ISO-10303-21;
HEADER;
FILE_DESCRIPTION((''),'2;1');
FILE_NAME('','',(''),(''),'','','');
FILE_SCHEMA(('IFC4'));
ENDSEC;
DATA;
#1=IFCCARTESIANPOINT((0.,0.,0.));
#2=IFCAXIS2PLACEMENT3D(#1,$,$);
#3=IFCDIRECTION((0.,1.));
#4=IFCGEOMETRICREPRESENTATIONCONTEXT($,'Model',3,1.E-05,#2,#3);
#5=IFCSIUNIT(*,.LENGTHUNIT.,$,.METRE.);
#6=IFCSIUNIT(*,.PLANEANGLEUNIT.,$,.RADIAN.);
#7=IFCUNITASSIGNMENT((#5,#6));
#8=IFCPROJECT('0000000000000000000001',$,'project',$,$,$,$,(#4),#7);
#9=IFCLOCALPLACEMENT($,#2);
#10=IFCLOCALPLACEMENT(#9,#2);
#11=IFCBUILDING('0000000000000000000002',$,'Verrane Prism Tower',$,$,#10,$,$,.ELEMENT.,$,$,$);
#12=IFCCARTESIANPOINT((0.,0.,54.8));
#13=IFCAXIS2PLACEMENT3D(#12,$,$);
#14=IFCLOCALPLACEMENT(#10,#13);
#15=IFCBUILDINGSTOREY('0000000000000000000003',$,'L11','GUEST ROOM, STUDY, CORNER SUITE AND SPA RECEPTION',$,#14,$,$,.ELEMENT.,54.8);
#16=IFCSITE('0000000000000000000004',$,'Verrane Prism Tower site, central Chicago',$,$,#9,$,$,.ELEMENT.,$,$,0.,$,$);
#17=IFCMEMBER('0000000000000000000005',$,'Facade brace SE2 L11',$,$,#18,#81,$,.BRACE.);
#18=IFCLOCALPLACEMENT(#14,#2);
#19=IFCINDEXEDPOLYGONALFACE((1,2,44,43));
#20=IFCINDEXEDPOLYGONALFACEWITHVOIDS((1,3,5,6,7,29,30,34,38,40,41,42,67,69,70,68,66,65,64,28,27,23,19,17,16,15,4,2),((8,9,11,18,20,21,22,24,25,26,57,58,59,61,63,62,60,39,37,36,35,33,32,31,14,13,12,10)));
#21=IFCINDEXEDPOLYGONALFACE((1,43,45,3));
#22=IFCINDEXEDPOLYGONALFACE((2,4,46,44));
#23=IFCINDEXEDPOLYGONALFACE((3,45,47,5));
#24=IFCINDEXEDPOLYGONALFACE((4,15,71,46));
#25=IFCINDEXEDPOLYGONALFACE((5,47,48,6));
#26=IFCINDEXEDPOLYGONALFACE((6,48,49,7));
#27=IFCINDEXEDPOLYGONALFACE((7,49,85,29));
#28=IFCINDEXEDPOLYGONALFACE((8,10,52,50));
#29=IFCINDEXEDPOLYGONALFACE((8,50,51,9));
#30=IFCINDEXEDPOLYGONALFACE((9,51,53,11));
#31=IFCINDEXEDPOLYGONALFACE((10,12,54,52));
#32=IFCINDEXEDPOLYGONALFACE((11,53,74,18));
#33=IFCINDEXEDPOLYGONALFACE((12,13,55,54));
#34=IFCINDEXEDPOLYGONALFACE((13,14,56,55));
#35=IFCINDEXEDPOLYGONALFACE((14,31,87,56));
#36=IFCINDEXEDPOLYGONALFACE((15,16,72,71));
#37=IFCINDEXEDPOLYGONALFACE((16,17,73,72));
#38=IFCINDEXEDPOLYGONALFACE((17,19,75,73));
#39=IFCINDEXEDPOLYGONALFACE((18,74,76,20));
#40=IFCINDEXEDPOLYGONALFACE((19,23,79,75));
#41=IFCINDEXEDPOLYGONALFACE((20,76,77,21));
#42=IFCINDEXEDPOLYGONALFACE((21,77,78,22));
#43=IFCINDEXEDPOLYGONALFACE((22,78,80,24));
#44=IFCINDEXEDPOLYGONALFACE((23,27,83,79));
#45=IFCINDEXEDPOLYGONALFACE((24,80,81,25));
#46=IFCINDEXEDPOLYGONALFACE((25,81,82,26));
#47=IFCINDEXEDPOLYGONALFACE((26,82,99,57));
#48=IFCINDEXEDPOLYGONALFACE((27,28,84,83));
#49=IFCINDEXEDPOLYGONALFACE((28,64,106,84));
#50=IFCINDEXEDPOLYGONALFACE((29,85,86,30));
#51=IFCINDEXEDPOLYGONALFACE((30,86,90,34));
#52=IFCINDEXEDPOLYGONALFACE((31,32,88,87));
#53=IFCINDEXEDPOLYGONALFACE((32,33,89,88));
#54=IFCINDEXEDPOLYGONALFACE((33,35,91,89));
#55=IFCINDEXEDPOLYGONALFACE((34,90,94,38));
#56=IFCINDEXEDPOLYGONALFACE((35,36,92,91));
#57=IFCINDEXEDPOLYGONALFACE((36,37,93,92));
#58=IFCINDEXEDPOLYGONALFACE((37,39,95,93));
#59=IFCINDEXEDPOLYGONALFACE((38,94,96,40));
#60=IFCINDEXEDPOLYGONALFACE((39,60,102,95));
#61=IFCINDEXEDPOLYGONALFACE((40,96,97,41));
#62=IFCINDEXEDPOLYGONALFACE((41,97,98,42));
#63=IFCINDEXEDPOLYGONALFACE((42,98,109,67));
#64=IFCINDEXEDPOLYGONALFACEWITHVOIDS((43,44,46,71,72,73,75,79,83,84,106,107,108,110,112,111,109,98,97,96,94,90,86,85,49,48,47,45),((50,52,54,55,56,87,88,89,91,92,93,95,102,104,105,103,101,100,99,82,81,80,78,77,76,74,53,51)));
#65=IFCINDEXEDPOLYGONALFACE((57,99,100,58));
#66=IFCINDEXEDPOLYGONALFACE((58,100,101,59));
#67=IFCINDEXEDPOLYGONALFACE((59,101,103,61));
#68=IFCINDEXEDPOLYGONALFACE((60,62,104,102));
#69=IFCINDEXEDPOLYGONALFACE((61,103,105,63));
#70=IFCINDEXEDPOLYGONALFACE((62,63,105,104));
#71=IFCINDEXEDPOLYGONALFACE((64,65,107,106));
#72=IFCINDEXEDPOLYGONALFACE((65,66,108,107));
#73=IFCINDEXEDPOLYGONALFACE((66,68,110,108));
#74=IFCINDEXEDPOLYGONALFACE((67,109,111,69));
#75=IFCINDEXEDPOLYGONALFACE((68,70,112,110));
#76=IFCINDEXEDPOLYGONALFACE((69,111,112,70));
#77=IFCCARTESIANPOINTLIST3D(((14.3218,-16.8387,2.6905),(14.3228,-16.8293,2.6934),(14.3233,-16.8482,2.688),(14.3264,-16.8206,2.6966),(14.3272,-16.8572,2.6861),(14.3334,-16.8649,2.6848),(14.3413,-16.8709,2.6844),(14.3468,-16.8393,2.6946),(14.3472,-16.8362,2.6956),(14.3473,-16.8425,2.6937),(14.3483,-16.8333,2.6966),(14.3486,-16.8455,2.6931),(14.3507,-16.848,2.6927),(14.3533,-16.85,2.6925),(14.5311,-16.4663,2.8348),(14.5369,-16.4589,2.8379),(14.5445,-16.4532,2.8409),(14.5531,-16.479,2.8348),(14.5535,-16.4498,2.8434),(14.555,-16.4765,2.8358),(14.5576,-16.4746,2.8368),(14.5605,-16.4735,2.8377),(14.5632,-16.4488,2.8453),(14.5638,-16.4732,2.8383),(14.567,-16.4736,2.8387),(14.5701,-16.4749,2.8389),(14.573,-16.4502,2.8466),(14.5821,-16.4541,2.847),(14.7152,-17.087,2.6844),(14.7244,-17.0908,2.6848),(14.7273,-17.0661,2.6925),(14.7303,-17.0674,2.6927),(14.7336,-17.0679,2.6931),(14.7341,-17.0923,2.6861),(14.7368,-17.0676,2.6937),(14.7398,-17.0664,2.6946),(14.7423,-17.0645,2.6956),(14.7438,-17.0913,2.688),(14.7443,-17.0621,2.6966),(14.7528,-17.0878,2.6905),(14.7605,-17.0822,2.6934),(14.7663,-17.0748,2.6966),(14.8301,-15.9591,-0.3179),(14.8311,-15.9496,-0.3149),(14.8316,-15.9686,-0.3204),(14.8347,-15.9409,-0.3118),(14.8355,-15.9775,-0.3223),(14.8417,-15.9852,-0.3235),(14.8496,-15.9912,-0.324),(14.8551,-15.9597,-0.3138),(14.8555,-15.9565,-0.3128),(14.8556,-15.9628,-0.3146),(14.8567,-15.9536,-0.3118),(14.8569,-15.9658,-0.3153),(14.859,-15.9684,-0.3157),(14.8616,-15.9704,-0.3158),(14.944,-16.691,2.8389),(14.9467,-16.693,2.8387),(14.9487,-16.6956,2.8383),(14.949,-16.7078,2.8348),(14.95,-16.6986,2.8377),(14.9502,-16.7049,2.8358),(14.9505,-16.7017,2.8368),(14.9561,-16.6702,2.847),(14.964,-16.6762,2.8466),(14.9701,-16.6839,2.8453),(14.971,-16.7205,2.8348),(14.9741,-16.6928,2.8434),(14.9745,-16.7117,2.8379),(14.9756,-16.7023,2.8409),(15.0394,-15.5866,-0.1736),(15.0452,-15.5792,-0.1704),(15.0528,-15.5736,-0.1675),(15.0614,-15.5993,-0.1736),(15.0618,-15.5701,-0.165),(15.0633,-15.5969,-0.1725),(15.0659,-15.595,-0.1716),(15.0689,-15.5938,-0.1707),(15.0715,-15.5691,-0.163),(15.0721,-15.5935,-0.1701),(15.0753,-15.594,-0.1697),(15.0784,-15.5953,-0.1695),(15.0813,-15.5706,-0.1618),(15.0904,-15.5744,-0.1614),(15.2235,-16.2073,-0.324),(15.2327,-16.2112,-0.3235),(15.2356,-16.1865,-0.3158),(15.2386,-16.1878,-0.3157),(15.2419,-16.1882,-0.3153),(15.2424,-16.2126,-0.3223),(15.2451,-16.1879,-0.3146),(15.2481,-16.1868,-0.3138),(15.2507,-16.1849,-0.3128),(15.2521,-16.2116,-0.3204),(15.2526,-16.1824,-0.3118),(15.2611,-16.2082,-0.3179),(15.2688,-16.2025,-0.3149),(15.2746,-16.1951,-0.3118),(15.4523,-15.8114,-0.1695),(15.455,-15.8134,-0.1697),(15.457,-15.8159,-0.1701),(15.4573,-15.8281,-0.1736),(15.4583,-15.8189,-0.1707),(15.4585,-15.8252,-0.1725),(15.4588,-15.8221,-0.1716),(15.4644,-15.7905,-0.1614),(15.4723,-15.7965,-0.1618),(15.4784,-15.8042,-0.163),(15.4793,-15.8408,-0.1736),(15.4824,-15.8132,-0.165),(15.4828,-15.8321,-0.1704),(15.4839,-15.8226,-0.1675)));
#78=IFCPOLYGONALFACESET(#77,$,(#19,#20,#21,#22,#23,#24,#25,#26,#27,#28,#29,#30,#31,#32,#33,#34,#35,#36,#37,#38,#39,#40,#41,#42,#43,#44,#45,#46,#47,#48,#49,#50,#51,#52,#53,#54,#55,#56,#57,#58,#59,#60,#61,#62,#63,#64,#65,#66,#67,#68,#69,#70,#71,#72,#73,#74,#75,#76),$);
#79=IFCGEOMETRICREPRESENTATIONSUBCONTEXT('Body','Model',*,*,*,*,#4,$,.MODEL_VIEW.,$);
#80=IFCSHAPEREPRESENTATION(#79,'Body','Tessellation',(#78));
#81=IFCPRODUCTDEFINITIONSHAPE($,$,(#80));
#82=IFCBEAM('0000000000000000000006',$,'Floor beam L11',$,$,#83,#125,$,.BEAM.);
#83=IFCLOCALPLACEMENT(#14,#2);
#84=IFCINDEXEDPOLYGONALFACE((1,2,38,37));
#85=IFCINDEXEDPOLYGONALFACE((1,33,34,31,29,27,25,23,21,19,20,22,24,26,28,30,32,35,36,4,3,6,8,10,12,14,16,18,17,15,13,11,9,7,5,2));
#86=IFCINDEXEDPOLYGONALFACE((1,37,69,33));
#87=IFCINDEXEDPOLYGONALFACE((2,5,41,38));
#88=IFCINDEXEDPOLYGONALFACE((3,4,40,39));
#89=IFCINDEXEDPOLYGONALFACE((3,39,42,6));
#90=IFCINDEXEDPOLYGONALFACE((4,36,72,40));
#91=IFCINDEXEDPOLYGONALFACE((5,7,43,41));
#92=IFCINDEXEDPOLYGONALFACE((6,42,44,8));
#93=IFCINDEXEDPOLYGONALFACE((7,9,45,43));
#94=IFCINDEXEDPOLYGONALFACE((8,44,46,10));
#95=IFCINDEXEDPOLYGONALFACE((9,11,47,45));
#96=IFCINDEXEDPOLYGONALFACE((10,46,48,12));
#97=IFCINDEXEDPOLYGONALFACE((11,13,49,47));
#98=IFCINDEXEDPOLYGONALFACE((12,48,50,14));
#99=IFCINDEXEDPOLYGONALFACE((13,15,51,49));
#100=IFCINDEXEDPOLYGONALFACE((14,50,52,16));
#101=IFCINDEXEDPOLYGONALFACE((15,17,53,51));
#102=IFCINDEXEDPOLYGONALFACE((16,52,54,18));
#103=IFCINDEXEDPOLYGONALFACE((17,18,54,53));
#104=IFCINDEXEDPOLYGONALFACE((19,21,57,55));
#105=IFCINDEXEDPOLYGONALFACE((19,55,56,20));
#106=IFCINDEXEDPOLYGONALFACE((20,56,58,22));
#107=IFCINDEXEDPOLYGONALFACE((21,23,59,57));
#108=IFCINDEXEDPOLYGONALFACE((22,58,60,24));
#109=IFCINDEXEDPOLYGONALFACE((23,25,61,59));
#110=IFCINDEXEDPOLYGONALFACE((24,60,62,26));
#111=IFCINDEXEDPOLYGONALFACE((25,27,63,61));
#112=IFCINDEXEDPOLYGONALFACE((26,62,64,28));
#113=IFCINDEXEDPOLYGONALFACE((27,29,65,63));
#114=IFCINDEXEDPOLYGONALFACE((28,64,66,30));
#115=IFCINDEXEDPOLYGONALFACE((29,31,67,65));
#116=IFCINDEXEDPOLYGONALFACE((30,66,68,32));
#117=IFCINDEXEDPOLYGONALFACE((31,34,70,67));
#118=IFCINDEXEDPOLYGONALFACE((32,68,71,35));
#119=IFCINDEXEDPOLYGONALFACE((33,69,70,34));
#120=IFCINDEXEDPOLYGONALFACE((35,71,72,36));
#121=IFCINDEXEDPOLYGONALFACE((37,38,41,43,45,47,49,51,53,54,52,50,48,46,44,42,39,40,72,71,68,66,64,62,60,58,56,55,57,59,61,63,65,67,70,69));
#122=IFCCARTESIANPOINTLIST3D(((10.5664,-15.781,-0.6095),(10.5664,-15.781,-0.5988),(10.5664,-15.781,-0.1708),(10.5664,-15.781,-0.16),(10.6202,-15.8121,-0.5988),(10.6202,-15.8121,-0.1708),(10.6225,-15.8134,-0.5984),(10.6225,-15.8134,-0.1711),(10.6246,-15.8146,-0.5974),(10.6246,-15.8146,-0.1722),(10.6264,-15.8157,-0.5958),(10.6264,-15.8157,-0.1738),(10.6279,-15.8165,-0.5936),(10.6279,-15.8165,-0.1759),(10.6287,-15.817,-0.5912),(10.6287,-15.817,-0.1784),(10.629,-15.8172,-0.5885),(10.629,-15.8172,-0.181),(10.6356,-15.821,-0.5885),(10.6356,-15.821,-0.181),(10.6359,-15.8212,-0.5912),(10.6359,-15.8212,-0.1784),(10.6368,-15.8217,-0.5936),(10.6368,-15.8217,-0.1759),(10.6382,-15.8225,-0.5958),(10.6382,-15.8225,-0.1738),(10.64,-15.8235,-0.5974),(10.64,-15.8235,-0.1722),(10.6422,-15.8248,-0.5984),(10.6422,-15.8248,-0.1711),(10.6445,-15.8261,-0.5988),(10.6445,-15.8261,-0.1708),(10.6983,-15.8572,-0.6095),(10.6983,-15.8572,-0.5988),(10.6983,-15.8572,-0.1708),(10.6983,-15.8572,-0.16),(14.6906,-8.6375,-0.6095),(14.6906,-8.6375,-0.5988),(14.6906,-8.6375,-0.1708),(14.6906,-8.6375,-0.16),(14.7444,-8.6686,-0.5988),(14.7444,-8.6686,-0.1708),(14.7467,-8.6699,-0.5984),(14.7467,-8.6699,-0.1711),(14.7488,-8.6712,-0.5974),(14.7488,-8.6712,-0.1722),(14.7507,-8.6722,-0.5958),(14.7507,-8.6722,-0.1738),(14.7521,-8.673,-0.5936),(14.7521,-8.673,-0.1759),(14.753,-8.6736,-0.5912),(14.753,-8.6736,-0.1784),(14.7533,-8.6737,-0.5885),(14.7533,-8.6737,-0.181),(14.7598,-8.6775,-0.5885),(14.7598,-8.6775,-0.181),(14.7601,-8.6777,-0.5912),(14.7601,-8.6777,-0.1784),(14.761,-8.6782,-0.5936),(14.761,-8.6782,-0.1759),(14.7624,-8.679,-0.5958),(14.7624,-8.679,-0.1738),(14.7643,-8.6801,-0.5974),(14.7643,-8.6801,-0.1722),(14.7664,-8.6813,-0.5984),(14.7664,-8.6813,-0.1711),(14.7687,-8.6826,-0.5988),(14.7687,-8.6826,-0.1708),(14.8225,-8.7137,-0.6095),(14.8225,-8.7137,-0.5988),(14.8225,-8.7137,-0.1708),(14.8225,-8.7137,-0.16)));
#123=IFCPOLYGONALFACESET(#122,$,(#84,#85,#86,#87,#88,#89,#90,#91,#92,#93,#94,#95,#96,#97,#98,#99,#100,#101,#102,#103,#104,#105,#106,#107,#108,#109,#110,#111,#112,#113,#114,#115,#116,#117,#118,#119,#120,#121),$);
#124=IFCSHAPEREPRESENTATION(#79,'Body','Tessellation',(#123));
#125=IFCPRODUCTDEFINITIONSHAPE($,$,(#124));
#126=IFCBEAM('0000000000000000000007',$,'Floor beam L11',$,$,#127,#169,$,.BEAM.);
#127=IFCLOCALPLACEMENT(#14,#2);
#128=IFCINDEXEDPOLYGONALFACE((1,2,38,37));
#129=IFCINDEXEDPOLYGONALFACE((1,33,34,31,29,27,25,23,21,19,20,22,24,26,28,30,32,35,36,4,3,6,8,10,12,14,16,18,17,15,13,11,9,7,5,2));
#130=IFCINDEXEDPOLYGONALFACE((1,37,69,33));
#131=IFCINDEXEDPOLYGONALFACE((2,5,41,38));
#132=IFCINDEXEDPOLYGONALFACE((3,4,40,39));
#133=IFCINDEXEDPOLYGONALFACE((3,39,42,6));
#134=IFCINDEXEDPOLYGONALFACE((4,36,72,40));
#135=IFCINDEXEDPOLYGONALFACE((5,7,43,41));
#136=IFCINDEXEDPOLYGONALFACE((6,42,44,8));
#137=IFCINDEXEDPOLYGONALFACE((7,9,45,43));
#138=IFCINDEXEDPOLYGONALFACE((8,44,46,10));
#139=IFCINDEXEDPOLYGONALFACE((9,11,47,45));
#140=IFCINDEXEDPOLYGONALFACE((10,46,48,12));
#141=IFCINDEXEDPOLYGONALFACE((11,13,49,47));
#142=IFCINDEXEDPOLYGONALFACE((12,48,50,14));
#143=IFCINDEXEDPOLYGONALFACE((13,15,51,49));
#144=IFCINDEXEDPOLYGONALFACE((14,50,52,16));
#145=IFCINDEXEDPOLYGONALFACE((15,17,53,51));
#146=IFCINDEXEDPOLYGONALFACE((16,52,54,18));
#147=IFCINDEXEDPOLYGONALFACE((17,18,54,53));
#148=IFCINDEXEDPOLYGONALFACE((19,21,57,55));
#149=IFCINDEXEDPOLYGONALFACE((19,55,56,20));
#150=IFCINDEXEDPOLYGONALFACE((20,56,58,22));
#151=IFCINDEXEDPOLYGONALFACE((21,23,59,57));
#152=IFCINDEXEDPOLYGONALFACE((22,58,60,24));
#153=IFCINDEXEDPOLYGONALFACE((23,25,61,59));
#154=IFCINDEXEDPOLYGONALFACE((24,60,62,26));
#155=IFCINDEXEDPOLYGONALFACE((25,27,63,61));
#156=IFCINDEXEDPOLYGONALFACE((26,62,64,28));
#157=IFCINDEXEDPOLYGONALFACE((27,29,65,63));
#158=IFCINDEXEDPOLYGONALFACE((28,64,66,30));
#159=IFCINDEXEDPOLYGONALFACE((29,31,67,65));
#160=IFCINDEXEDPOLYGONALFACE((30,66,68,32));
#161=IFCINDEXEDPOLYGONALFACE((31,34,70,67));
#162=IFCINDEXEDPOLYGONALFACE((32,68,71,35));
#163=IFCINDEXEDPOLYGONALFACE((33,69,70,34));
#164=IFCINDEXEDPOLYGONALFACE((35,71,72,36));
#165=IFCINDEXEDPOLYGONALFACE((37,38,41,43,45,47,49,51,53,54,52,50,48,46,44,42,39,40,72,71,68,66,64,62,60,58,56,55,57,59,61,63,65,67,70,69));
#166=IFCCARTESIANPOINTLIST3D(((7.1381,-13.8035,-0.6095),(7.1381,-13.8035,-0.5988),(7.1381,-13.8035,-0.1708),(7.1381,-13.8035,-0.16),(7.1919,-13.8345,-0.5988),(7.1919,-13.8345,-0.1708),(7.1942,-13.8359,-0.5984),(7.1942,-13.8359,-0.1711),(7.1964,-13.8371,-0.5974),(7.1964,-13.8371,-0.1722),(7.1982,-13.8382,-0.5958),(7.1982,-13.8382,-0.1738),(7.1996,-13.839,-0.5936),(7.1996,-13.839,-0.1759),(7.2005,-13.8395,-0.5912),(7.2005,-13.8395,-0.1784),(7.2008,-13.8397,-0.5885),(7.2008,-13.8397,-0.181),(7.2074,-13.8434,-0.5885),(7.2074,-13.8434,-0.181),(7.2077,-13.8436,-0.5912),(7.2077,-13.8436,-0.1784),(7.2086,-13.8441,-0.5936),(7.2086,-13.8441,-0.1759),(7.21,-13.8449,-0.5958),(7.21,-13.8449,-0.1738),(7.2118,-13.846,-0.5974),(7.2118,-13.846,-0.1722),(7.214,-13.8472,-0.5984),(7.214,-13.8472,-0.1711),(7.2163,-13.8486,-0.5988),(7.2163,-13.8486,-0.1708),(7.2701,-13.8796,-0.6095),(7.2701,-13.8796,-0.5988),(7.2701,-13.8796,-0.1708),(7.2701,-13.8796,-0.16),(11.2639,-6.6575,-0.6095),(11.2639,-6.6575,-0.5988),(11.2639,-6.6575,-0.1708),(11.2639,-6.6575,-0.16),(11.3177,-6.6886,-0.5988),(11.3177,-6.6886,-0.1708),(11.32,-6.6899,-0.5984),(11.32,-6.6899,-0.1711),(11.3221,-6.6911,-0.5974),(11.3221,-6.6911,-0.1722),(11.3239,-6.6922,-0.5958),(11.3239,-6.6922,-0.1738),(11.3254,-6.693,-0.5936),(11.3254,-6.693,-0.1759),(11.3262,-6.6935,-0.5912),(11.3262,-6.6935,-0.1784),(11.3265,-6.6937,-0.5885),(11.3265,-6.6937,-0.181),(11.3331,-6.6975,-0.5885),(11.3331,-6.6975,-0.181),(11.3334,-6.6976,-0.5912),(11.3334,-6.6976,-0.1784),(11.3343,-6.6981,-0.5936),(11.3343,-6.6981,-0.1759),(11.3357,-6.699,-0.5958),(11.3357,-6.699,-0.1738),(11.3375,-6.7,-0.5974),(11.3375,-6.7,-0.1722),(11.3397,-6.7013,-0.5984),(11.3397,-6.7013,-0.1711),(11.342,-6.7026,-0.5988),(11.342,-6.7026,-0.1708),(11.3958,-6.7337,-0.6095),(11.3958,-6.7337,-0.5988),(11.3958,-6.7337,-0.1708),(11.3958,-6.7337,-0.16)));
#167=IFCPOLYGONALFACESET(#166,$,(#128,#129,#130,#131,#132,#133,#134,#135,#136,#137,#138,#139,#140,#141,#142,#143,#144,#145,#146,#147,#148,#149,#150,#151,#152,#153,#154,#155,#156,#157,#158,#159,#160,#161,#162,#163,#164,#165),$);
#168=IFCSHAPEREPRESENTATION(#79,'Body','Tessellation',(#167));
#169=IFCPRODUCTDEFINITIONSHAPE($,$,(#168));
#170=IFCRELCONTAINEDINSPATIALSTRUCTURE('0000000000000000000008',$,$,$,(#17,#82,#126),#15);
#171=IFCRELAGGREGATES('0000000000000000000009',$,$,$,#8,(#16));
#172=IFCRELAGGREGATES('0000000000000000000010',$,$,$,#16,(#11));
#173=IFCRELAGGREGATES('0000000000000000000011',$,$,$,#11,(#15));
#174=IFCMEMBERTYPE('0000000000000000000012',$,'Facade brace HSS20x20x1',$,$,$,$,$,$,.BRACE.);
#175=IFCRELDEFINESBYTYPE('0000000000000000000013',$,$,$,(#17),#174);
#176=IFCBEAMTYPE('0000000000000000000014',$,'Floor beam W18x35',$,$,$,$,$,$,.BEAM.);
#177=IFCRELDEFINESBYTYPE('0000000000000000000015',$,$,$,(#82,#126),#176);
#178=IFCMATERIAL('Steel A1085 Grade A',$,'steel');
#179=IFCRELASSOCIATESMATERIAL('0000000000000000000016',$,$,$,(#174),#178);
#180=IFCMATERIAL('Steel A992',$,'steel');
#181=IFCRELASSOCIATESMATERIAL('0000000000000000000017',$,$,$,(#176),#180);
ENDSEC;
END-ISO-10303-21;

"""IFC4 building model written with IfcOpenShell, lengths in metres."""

from ifc_helpers import new_model, si_unit, direction, frame, origin, origin_2d, place, context, subcontext, project, spatial, hollow_rectangle, i_section, extrude, material, material_profile, profile_set, type_object, element, save


model = new_model("IFC4")

# Units and contexts
model_context = context("Model", 3, precision=1e-05, world=origin(), true_north=direction((0.0, 1.0)))
body_context = subcontext(model_context, "Body", "Model", "MODEL_VIEW")
ifc_project = project(units=[si_unit("LENGTHUNIT", "METRE"), si_unit("PLANEANGLEUNIT", "RADIAN")], contexts=[model_context])

# Site, building, storey
site_placement = place(None, origin())
site = spatial("IfcSite", under=ifc_project, at=site_placement, Name="Verrane Prism Tower site, central Chicago", CompositionType="ELEMENT", RefElevation=0.0)
building_placement = place(site_placement, origin())
building = spatial("IfcBuilding", under=site, at=building_placement, Name="Verrane Prism Tower", CompositionType="ELEMENT")
storey_placement = place(building_placement, frame((0.0, 0.0, 54.8)))
storey = spatial("IfcBuildingStorey", under=building, at=storey_placement, Name="L11", Description="GUEST ROOM, STUDY, CORNER SUITE AND SPA RECEPTION", CompositionType="ELEMENT", Elevation=54.8)

# Member
ifc_material_1 = material(Name="Steel A1085 Grade A", Category="steel")
ifc_material_profile_1 = material_profile(ifc_material_1, hollow_rectangle(XDim=0.5081, YDim=0.5081, WallThickness=0.0254, InnerFilletRadius=0.0127, OuterFilletRadius=0.0381, at=origin_2d()), Name="HSS20x20x1")
ifc_profile_set_1 = profile_set([ifc_material_profile_1], Name="Steel A1085 Grade A")
member_type_1 = type_object("IfcMemberType", Name="Facade brace HSS20x20x1", PredefinedType="BRACE", material=ifc_profile_set_1)
member_1_placement = place(storey_placement, frame((15.157, -15.8909, -0.2427), z_axis=(-0.160084, -0.277033, 0.947431), x_axis=(0.865837, -0.500326, 0.0)))
element("IfcMember", 1, at=member_1_placement, inside=storey, type_object=member_type_1, Name="Facade brace SE2 L11", PredefinedType="BRACE", context=body_context, shape_type="SweptSolid", body=[
    extrude(hollow_rectangle(XDim=0.5081, YDim=0.5081, WallThickness=0.0254, InnerFilletRadius=0.0127, OuterFilletRadius=0.0381, at=origin_2d()), origin(), (0.0, 0.0, 1.0), 3.1753),
])

# Beams
ifc_material_2 = material(Name="Steel A992", Category="steel")
ifc_material_profile_2 = material_profile(ifc_material_2, i_section(OverallWidth=0.1523, OverallDepth=0.4495, WebThickness=0.0076, FlangeThickness=0.0107, FilletRadius=0.0103, at=origin_2d()), Name="W18x35")
ifc_profile_set_2 = profile_set([ifc_material_profile_2], Name="Steel A992")
beam_type_1 = type_object("IfcBeamType", Name="Floor beam W18x35", PredefinedType="BEAM", material=ifc_profile_set_2)
beam_1_placement = place(storey_placement, frame((10.6323, -15.8191, -0.3848), z_axis=(0.499994, 0.866029, 0.0), x_axis=(-0.866029, 0.499994, 0.0)))
element("IfcBeam", 2, at=beam_1_placement, inside=storey, type_object=beam_type_1, Name="Floor beam L11", PredefinedType="BEAM", context=body_context, shape_type="SweptSolid", body=[
    extrude(i_section(OverallWidth=0.1523, OverallDepth=0.4495, WebThickness=0.0076, FlangeThickness=0.0107, FilletRadius=0.0103, at=origin_2d()), origin(), (0.0, 0.0, 1.0), 8.2485),
])
beam_2_placement = place(storey_placement, frame((7.2041, -13.8416, -0.3848), z_axis=(0.499999, 0.866026, 0.0), x_axis=(-0.866026, 0.499999, 0.0)))
element("IfcBeam", 3, at=beam_2_placement, inside=storey, type_object=beam_type_1, Name="Floor beam L11", PredefinedType="BEAM", context=body_context, shape_type="SweptSolid", body=[
    extrude(i_section(OverallWidth=0.1523, OverallDepth=0.4495, WebThickness=0.0076, FlangeThickness=0.0107, FilletRadius=0.0103, at=origin_2d()), origin(), (0.0, 0.0, 1.0), 8.2515),
])

save(model, "model.ifc")
